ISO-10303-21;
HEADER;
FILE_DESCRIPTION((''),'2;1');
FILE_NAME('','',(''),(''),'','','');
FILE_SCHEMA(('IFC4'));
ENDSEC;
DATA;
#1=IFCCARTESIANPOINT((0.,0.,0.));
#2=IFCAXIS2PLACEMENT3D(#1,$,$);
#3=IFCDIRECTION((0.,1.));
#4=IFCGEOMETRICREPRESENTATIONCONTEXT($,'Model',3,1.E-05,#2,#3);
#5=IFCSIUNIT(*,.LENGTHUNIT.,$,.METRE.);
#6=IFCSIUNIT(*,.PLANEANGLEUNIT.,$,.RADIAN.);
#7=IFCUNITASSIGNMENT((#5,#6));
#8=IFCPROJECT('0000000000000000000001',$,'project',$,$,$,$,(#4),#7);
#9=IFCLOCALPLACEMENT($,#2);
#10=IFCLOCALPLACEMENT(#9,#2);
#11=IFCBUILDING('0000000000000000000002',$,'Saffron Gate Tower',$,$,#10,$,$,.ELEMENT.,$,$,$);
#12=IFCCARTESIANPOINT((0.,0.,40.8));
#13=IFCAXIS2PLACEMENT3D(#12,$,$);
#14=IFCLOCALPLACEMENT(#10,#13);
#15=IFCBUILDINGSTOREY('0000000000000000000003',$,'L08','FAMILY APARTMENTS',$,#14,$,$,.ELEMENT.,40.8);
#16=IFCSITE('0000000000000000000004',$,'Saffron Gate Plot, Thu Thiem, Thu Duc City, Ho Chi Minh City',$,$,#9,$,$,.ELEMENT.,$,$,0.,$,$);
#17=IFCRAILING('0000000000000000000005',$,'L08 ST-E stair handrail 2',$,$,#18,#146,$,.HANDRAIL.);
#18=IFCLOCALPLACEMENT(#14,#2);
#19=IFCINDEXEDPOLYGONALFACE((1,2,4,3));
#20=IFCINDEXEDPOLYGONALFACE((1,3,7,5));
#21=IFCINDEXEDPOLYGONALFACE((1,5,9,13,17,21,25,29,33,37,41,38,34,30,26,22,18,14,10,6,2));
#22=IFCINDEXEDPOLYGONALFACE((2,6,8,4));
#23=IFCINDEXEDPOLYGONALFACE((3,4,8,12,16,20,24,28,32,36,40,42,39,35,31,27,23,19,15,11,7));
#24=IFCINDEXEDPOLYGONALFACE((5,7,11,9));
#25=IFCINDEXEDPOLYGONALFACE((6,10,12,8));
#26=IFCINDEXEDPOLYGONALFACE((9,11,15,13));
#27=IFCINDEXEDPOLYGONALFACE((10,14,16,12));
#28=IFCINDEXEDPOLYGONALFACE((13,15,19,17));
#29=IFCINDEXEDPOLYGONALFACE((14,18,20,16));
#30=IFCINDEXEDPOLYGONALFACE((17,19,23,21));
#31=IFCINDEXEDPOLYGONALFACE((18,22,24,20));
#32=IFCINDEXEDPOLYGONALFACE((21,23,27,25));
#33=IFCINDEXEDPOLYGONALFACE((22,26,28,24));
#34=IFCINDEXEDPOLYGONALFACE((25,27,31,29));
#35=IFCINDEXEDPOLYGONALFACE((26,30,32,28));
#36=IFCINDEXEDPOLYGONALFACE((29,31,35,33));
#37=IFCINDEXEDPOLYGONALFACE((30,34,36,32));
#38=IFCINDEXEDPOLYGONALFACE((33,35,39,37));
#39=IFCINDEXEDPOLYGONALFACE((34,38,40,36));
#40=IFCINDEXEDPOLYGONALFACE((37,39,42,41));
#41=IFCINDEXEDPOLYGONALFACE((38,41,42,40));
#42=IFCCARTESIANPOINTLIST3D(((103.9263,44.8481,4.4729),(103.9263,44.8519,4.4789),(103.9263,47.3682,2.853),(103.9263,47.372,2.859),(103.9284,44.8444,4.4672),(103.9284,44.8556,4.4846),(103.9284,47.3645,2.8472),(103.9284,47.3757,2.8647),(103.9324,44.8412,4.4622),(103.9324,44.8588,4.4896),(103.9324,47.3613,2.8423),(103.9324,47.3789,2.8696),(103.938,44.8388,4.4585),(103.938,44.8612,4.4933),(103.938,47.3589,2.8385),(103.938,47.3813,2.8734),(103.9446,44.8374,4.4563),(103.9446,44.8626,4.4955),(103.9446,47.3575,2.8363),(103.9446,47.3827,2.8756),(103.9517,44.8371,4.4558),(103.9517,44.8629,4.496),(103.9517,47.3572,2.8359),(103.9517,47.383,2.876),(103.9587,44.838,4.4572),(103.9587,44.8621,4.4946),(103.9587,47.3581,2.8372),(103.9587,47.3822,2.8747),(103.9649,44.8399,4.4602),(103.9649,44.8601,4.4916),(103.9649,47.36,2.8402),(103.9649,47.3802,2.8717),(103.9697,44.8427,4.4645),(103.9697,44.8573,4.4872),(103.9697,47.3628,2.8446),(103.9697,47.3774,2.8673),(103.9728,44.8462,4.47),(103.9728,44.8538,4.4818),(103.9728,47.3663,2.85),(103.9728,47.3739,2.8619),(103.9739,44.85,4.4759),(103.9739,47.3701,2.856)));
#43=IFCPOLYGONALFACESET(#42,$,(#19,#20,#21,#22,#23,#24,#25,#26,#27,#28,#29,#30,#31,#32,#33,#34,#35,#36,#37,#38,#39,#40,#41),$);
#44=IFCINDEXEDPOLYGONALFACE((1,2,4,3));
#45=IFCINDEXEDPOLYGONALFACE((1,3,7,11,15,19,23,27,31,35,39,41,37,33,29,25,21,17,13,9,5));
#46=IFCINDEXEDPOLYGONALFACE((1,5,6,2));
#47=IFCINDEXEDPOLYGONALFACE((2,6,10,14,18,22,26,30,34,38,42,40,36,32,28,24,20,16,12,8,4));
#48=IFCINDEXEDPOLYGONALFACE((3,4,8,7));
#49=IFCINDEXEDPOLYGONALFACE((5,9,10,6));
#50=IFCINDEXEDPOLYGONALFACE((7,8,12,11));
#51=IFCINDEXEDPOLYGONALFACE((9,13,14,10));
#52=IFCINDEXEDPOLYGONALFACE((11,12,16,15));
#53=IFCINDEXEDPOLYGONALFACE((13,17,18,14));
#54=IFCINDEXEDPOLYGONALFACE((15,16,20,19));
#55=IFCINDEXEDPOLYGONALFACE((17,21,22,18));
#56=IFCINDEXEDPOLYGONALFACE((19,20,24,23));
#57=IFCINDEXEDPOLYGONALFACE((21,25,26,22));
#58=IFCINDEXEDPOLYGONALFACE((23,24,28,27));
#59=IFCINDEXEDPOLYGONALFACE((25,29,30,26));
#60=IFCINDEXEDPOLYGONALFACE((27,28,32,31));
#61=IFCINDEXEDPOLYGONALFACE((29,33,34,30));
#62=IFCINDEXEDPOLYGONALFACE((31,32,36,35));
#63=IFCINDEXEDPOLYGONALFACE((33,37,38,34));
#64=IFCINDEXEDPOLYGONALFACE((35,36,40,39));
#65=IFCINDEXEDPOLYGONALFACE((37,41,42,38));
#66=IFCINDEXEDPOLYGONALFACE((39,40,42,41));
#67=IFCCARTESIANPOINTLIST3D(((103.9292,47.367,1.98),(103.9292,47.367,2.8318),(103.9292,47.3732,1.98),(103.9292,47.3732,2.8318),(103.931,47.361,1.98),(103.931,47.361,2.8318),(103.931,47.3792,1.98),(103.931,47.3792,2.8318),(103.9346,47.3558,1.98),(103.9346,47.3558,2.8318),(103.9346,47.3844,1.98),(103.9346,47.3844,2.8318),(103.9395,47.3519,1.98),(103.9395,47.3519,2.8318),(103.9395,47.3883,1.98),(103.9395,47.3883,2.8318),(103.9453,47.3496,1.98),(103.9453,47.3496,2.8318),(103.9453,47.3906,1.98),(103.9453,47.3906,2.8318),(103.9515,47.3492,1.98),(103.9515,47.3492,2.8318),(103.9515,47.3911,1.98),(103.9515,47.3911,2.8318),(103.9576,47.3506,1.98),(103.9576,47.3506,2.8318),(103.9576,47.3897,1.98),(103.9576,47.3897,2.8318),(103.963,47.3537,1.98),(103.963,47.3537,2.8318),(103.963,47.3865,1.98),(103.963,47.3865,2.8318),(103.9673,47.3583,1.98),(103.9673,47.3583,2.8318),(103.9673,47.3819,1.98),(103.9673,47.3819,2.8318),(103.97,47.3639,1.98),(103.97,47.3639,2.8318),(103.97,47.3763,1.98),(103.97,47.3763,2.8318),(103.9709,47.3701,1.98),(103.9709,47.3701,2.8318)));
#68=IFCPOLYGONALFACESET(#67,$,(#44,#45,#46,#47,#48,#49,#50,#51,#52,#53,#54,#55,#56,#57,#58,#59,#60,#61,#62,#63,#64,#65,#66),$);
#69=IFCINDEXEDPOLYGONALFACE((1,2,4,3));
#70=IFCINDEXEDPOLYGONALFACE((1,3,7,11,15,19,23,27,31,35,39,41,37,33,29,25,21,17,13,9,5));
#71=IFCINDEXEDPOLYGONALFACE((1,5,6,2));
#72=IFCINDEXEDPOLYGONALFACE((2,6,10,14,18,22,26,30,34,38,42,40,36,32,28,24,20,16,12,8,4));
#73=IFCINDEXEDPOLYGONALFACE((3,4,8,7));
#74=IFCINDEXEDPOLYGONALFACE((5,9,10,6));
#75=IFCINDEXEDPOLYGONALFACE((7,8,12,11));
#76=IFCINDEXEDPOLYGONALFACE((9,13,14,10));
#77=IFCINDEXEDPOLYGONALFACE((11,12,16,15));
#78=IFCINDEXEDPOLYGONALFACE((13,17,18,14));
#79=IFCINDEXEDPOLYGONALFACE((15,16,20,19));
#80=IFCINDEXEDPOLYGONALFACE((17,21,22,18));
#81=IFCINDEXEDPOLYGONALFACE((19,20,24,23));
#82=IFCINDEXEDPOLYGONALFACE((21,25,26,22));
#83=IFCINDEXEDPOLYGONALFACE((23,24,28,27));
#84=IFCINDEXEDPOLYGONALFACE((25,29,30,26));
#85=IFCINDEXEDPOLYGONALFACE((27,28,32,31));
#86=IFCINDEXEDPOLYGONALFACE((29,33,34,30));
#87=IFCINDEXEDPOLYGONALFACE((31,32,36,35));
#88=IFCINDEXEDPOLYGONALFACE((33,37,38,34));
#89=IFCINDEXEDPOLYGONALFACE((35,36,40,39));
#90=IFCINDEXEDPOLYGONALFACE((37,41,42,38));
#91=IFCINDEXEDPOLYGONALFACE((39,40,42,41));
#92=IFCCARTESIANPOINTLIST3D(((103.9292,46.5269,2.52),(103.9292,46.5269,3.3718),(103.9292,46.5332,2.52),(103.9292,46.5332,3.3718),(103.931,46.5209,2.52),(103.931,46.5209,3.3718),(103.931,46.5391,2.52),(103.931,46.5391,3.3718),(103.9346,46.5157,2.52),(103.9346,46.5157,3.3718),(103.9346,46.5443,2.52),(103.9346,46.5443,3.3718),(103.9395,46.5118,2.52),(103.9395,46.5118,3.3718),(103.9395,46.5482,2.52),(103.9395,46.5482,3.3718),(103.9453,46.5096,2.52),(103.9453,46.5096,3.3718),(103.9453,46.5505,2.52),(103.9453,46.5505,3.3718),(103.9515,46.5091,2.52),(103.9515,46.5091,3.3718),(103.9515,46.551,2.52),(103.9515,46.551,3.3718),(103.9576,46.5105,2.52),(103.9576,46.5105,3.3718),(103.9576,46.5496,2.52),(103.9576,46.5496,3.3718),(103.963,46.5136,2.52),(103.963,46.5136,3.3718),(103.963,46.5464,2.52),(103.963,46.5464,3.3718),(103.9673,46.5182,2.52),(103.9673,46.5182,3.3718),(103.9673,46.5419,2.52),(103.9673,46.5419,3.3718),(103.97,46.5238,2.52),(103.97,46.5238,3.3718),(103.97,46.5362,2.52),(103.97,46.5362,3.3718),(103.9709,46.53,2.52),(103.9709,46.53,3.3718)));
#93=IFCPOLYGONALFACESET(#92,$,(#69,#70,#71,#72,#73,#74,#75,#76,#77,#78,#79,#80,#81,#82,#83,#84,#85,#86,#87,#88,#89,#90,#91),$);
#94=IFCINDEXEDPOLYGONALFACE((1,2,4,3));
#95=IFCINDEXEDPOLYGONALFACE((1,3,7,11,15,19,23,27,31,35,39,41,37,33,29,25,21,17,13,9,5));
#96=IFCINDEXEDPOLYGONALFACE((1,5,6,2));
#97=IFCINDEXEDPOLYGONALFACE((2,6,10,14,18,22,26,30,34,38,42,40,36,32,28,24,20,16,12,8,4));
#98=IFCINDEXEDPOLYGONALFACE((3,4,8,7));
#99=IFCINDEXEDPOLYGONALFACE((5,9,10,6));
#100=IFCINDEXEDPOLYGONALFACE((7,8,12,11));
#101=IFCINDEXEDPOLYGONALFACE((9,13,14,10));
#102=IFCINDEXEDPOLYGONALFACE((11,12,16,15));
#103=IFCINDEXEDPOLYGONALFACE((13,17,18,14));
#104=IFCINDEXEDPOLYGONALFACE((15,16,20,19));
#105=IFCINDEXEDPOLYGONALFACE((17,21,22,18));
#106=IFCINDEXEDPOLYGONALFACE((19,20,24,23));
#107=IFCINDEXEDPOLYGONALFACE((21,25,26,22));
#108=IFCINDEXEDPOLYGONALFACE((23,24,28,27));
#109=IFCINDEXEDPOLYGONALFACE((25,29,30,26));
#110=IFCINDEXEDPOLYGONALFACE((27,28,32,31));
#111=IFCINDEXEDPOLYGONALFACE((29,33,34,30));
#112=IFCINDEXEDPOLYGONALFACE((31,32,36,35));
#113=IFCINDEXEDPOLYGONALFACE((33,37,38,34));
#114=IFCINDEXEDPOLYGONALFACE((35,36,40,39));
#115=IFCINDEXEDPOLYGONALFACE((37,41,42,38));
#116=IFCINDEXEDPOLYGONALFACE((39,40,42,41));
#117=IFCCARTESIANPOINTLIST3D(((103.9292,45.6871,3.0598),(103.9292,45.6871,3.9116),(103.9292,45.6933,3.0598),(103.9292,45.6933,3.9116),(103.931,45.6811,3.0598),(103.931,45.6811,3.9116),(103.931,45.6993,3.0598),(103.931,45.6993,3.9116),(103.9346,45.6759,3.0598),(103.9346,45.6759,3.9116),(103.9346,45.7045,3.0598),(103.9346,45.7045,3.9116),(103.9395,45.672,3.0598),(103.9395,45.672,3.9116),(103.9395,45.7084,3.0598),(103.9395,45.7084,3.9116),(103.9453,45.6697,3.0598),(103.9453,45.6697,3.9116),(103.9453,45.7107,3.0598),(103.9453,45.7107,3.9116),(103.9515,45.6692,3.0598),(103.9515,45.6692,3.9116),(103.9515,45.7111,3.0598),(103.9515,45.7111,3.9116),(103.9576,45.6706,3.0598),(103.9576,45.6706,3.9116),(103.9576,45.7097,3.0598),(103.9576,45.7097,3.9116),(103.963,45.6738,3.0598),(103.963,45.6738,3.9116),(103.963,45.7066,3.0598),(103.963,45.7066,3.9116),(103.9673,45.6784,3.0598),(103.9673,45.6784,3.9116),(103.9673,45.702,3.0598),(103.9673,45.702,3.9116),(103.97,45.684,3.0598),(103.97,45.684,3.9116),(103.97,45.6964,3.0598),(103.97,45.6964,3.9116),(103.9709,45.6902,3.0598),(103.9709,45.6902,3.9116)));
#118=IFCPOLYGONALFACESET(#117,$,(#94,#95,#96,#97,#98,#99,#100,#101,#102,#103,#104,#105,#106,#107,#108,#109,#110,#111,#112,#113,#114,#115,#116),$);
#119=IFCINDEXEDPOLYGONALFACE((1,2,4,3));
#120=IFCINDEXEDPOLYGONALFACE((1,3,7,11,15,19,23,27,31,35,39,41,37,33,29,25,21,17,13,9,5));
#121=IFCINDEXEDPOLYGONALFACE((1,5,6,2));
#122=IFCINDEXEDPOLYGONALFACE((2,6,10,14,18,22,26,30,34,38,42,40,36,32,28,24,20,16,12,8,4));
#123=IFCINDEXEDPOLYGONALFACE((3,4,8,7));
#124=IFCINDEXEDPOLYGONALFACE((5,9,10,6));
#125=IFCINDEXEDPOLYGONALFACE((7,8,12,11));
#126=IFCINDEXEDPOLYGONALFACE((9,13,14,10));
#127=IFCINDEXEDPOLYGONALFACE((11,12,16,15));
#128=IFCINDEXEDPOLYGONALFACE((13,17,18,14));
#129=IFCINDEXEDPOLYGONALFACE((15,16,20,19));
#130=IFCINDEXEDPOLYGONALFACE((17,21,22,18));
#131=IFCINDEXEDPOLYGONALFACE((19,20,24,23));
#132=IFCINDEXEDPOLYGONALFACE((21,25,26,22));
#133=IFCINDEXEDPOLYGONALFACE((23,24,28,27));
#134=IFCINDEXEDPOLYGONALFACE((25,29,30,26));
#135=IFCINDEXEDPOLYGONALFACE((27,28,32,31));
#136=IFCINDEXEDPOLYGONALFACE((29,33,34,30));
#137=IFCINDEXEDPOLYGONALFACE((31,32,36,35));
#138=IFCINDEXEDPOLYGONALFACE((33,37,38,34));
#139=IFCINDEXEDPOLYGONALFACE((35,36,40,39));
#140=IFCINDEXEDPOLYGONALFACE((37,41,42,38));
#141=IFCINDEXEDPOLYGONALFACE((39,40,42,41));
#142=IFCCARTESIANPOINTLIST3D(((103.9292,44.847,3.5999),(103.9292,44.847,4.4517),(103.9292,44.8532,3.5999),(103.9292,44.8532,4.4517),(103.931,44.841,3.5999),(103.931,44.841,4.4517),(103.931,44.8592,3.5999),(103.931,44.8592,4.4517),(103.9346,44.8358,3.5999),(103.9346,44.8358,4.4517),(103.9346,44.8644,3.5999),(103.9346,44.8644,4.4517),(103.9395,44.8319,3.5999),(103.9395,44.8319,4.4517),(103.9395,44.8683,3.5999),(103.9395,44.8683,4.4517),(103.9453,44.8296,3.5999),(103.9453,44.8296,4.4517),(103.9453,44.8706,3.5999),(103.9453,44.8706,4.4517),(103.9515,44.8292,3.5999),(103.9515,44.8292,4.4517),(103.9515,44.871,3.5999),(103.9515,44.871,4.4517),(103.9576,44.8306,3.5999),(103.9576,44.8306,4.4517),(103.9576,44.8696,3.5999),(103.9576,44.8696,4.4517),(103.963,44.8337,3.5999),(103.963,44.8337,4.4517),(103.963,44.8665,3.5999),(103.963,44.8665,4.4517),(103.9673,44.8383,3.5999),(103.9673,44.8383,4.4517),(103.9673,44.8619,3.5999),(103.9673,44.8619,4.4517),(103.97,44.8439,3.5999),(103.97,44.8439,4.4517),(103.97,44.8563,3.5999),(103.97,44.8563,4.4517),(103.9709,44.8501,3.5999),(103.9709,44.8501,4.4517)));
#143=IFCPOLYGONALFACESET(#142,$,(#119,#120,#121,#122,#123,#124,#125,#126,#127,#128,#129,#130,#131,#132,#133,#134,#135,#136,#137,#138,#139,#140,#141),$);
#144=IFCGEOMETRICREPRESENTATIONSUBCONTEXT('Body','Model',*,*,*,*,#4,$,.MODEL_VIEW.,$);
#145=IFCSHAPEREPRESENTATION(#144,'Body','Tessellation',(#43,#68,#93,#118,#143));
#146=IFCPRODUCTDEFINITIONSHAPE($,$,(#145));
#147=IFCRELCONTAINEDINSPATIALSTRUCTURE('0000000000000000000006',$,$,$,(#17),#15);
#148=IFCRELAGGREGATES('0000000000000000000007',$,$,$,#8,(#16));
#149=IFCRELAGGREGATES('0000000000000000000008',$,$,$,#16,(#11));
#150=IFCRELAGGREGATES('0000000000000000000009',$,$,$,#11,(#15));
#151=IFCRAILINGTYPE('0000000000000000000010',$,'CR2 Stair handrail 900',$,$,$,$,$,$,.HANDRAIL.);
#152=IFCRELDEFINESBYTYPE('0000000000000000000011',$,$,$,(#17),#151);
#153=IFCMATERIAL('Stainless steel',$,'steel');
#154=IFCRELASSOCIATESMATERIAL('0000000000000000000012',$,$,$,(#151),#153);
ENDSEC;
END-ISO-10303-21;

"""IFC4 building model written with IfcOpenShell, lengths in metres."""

from ifc_helpers import new_model, si_unit, direction, frame, origin, origin_2d, place, context, subcontext, project, spatial, circle, extrude, material, type_object, element, save


model = new_model("IFC4")

# Units and contexts
model_context = context("Model", 3, precision=1e-05, world=origin(), true_north=direction((0.0, 1.0)))
body_context = subcontext(model_context, "Body", "Model", "MODEL_VIEW")
ifc_project = project(units=[si_unit("LENGTHUNIT", "METRE"), si_unit("PLANEANGLEUNIT", "RADIAN")], contexts=[model_context])

# Site, building, storey
site_placement = place(None, origin())
site = spatial("IfcSite", under=ifc_project, at=site_placement, Name="Saffron Gate Plot, Thu Thiem, Thu Duc City, Ho Chi Minh City", CompositionType="ELEMENT", RefElevation=0.0)
building_placement = place(site_placement, origin())
building = spatial("IfcBuilding", under=site, at=building_placement, Name="Saffron Gate Tower", CompositionType="ELEMENT")
storey_placement = place(building_placement, frame((0.0, 0.0, 40.8)))
storey = spatial("IfcBuildingStorey", under=building, at=storey_placement, Name="L08", Description="FAMILY APARTMENTS", CompositionType="ELEMENT", Elevation=40.8)

# Railing
ifc_material_1 = material(Name="Stainless steel", Category="steel")
railing_type_1 = type_object("IfcRailingType", Name="CR2 Stair handrail 900", PredefinedType="HANDRAIL", material=ifc_material_1)
railing_1_placement = place(storey_placement, frame((103.95, 47.3701, 1.98)))
element("IfcRailing", 1, at=railing_1_placement, inside=storey, type_object=railing_type_1, Name="L08 ST-E stair handrail 2", PredefinedType="HANDRAIL", context=body_context, shape_type="SweptSolid", body=[
    extrude(circle(Radius=0.0239, at=origin_2d()), frame((0.0, 0.0, 0.876), z_axis=(0.0, -0.8412, 0.540725), x_axis=(1.0, 0.0, 0.0)), (0.0, 0.0, 1.0), 2.9958),
    extrude(circle(Radius=0.021, at=origin_2d()), origin(), (0.0, 0.0, 1.0), 0.8518),
    extrude(circle(Radius=0.021, at=origin_2d()), frame((0.0, -0.8401, 0.54)), (0.0, 0.0, 1.0), 0.8518),
    extrude(circle(Radius=0.021, at=origin_2d()), frame((0.0, -1.6799, 1.0798)), (0.0, 0.0, 1.0), 0.8518),
    extrude(circle(Radius=0.021, at=origin_2d()), frame((0.0, -2.52, 1.6199)), (0.0, 0.0, 1.0), 0.8518),
])

save(model, "model.ifc")
